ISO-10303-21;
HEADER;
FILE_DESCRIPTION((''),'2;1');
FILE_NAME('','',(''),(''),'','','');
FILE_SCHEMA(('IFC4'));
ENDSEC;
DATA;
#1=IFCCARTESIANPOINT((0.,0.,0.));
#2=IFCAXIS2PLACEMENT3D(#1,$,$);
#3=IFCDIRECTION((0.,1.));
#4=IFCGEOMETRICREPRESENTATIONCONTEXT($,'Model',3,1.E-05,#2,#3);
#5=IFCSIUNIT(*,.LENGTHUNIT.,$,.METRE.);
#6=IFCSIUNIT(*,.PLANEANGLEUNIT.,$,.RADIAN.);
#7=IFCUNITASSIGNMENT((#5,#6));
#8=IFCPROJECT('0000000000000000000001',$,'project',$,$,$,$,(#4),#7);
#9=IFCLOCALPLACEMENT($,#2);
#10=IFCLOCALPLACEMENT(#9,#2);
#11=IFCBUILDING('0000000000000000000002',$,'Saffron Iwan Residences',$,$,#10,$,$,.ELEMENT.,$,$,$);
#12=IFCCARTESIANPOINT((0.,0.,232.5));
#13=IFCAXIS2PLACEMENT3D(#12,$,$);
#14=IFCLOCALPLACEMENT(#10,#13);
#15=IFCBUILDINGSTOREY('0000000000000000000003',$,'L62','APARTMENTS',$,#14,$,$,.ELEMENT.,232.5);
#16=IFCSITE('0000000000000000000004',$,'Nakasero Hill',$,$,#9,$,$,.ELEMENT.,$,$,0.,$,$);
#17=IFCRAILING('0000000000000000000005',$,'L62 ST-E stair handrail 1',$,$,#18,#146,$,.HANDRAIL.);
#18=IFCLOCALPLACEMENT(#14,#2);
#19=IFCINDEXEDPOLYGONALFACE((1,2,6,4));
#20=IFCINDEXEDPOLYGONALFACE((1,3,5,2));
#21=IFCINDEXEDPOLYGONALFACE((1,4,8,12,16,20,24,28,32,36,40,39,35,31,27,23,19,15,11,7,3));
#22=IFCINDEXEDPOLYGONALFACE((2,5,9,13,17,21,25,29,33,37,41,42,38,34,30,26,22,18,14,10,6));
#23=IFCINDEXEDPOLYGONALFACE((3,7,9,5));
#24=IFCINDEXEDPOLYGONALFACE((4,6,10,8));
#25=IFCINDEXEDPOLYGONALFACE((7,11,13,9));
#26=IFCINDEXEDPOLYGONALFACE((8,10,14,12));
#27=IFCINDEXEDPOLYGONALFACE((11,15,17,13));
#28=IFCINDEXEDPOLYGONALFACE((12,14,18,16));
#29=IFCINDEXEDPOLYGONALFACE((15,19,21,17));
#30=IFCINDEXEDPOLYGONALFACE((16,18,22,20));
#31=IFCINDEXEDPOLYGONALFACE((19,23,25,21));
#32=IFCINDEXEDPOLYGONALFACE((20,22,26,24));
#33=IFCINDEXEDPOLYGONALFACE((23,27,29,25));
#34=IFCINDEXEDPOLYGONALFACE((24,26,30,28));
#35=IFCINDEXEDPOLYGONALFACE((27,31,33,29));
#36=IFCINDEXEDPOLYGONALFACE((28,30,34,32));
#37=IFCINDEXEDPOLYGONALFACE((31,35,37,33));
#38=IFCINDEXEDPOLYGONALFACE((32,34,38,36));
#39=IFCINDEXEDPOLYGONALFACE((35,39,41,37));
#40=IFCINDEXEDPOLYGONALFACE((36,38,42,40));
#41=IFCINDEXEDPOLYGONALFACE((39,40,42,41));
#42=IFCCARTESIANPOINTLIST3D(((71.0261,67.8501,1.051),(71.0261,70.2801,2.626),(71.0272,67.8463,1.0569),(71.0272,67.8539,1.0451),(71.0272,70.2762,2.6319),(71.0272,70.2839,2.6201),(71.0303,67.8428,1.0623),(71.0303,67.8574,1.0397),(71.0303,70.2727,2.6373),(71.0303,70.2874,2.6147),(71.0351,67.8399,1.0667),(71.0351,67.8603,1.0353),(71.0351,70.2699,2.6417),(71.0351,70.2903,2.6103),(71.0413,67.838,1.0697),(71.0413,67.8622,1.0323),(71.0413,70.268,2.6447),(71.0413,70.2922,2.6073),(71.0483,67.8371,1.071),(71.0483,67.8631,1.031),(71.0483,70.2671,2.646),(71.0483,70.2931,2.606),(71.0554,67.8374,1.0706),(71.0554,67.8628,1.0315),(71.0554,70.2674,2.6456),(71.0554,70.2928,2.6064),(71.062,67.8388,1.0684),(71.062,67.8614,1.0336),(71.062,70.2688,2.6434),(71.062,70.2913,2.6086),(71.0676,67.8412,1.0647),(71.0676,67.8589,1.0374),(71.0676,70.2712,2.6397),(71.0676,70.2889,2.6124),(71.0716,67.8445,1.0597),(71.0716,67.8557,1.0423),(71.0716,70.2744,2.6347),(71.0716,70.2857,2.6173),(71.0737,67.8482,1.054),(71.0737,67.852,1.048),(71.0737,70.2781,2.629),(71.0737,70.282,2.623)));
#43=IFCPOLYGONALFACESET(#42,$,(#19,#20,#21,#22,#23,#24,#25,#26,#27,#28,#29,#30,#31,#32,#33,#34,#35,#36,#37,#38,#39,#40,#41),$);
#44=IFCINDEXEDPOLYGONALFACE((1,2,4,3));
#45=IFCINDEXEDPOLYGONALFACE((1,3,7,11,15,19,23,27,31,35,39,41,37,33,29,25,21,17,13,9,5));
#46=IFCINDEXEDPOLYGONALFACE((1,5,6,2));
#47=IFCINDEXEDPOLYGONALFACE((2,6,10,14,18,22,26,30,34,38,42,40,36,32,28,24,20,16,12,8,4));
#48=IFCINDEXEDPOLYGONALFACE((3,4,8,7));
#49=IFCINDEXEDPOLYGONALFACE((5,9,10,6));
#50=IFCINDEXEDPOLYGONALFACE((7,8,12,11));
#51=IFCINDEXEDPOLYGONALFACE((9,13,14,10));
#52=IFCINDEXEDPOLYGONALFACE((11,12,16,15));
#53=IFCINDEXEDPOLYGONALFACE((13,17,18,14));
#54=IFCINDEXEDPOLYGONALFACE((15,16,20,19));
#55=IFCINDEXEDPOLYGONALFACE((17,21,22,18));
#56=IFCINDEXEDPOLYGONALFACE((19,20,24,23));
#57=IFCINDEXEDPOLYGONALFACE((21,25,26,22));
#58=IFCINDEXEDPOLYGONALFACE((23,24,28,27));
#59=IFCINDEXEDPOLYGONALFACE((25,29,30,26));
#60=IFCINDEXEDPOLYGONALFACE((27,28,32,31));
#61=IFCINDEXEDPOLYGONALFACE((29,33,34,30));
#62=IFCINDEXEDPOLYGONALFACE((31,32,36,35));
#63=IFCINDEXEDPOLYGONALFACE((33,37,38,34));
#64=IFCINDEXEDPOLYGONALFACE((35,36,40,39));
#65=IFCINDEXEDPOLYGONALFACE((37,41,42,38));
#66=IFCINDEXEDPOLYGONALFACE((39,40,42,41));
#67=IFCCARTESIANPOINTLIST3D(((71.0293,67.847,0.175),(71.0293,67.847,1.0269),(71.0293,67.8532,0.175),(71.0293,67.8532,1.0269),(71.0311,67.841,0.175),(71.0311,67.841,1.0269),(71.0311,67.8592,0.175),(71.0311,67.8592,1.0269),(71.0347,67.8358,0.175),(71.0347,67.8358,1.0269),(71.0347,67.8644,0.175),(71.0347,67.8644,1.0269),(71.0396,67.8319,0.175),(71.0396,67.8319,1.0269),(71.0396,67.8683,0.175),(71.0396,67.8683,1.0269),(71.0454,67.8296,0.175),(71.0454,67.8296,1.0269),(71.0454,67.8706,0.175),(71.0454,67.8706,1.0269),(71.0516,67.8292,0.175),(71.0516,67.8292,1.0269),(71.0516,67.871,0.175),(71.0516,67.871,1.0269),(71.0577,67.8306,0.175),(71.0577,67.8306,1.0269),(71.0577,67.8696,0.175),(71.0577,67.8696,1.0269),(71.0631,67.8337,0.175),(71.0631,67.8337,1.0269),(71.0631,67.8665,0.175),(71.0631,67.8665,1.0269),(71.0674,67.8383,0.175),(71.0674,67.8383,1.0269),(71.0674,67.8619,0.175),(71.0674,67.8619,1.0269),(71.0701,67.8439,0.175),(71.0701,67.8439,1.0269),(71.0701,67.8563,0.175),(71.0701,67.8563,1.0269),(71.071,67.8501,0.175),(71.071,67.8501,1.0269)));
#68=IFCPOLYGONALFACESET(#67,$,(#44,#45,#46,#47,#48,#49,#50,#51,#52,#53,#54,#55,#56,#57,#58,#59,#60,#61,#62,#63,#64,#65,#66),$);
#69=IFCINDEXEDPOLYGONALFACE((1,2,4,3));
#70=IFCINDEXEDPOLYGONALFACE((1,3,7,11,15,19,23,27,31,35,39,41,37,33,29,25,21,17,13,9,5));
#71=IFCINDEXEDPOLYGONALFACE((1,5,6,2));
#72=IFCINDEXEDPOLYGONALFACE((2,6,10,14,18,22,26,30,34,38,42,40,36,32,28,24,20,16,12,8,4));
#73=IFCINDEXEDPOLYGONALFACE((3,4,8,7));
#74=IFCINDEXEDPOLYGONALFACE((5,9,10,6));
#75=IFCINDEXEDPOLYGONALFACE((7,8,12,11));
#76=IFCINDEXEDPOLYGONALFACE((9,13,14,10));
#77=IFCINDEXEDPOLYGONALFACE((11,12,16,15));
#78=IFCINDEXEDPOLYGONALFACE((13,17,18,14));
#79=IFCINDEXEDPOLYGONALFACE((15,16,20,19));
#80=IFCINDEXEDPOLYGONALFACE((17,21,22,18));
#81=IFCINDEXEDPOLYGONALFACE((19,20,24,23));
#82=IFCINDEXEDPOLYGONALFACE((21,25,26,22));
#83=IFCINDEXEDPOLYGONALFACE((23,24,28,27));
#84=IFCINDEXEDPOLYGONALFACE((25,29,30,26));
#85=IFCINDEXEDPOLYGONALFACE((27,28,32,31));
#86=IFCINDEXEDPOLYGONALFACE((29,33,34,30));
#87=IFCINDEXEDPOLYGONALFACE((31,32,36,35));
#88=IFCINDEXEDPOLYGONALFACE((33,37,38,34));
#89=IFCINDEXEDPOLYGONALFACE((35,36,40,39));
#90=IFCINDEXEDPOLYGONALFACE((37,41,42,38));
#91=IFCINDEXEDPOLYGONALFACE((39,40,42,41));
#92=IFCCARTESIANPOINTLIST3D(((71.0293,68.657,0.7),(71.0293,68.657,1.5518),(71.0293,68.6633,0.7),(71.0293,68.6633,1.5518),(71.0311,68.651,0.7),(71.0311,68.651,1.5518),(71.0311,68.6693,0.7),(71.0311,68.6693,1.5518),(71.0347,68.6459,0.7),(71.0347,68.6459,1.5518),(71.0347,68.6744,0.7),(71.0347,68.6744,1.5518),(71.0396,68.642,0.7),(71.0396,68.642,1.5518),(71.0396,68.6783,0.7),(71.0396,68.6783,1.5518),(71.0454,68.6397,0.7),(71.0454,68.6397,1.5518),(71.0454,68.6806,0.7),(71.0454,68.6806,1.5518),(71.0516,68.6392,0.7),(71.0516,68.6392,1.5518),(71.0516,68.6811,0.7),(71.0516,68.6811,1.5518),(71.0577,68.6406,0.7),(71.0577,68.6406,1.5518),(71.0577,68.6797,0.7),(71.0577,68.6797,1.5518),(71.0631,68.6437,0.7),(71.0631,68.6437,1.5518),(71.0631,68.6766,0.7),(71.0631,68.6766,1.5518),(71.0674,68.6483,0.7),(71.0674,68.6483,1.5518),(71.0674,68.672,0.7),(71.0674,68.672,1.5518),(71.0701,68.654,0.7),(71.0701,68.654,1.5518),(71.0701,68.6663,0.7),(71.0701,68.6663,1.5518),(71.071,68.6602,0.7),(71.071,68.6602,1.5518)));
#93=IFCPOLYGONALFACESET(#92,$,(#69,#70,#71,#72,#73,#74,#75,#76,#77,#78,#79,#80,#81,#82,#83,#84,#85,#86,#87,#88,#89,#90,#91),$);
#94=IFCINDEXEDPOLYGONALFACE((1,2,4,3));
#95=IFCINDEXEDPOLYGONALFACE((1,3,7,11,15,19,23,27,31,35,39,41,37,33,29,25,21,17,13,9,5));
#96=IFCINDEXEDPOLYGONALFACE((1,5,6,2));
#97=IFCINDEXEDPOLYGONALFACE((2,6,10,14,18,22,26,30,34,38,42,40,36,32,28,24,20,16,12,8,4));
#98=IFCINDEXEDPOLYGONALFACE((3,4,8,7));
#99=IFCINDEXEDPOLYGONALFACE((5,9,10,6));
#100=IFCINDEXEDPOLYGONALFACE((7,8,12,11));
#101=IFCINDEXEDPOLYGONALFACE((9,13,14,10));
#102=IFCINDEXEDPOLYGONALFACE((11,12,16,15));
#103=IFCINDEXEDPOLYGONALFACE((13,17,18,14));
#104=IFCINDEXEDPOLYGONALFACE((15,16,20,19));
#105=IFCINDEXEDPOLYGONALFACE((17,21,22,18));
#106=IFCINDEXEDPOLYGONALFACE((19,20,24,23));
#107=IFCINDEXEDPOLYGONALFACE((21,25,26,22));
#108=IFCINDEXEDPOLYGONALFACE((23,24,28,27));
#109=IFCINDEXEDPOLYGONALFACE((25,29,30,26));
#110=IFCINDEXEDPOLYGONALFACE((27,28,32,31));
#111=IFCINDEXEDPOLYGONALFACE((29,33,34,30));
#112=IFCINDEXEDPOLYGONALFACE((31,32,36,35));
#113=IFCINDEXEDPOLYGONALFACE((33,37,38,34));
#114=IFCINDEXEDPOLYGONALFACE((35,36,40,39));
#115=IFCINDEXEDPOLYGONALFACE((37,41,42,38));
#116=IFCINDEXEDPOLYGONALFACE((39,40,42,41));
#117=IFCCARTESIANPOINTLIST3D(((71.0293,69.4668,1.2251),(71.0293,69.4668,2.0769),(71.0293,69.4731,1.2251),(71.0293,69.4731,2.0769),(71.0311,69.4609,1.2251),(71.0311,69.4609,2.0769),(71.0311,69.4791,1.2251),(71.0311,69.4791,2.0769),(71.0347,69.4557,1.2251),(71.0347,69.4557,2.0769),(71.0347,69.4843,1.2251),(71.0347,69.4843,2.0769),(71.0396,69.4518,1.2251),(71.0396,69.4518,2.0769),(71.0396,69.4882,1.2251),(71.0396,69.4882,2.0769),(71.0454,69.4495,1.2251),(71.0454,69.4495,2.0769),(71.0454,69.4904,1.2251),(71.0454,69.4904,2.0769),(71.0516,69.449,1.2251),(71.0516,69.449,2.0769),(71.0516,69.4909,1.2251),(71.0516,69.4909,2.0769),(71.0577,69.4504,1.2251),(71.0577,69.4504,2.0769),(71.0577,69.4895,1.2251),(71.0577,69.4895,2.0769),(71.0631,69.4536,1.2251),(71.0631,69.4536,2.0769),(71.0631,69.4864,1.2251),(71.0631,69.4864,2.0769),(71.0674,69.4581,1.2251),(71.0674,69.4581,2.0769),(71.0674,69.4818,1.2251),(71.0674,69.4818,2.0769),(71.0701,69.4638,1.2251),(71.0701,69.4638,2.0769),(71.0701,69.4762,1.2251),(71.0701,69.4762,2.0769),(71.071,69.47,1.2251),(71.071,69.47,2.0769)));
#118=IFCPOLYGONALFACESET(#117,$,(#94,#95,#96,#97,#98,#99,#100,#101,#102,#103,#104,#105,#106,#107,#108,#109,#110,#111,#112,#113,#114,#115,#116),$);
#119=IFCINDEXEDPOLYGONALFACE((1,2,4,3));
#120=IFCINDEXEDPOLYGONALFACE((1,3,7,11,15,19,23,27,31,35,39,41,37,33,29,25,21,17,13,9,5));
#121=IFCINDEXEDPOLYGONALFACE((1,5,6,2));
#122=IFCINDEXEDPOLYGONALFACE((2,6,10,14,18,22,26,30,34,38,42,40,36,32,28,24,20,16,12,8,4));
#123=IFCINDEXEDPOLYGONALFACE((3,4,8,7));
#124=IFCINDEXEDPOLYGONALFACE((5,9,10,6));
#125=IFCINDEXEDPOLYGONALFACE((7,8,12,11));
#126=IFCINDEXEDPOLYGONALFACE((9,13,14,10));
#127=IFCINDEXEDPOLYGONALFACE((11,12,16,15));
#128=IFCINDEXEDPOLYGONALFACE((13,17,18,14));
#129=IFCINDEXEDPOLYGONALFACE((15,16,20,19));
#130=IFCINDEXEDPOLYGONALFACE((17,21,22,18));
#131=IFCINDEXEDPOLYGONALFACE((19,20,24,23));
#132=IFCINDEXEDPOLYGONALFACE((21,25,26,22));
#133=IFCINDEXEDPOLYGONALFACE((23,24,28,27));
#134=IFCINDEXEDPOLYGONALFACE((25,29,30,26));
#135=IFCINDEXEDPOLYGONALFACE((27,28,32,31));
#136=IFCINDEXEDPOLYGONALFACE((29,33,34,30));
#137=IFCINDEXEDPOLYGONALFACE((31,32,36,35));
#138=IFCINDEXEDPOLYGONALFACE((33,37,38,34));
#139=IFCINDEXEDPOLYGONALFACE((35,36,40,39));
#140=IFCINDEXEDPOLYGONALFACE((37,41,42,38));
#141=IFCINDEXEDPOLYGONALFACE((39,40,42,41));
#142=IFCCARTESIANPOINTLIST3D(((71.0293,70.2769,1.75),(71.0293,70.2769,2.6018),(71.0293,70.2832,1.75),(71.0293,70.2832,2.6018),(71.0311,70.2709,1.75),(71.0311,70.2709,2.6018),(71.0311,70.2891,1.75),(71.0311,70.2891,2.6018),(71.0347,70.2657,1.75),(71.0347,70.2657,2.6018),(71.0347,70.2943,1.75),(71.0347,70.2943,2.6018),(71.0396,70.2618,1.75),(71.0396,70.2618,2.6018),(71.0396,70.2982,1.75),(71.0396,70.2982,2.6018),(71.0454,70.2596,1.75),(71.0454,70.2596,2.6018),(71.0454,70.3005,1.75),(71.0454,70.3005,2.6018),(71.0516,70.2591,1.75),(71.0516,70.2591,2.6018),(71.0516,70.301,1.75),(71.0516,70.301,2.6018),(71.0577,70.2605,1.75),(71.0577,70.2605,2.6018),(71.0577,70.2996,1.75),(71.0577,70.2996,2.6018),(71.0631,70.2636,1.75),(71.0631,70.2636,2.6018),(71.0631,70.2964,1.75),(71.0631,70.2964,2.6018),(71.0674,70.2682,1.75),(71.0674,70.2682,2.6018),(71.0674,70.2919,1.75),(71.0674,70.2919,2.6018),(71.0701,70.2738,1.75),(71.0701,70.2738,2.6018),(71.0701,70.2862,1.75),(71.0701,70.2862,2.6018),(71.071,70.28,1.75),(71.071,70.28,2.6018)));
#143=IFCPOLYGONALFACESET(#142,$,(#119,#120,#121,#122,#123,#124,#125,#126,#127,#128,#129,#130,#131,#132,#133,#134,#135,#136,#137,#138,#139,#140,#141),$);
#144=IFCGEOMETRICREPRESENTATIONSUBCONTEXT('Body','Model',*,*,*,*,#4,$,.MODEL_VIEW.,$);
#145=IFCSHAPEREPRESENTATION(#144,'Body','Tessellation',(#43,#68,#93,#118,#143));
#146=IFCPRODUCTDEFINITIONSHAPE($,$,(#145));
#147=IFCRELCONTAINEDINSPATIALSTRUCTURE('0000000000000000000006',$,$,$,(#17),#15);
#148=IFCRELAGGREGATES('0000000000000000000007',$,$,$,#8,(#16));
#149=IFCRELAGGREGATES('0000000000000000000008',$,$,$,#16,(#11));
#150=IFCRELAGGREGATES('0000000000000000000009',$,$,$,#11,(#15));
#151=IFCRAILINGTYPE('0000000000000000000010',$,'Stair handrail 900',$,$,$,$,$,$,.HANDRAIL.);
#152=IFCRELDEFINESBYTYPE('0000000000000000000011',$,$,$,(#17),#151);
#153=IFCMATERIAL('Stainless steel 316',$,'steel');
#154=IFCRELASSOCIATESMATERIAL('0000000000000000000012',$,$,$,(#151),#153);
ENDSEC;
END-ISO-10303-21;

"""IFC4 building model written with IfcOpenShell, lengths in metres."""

from ifc_helpers import new_model, si_unit, direction, frame, origin, origin_2d, place, context, subcontext, project, spatial, circle, extrude, material, type_object, element, save


model = new_model("IFC4")

# Units and contexts
model_context = context("Model", 3, precision=1e-05, world=origin(), true_north=direction((0.0, 1.0)))
body_context = subcontext(model_context, "Body", "Model", "MODEL_VIEW")
ifc_project = project(units=[si_unit("LENGTHUNIT", "METRE"), si_unit("PLANEANGLEUNIT", "RADIAN")], contexts=[model_context])

# Site, building, storey
site_placement = place(None, origin())
site = spatial("IfcSite", under=ifc_project, at=site_placement, Name="Nakasero Hill", CompositionType="ELEMENT", RefElevation=0.0)
building_placement = place(site_placement, origin())
building = spatial("IfcBuilding", under=site, at=building_placement, Name="Saffron Iwan Residences", CompositionType="ELEMENT")
storey_placement = place(building_placement, frame((0.0, 0.0, 232.5)))
storey = spatial("IfcBuildingStorey", under=building, at=storey_placement, Name="L62", Description="APARTMENTS", CompositionType="ELEMENT", Elevation=232.5)

# Railing
ifc_material_1 = material(Name="Stainless steel 316", Category="steel")
railing_type_1 = type_object("IfcRailingType", Name="Stair handrail 900", PredefinedType="HANDRAIL", material=ifc_material_1)
railing_1_placement = place(storey_placement, frame((71.05, 67.8501, 0.175)))
element("IfcRailing", 1, at=railing_1_placement, inside=storey, type_object=railing_type_1, Name="L62 ST-E stair handrail 1", PredefinedType="HANDRAIL", context=body_context, shape_type="SweptSolid", body=[
    extrude(circle(Radius=0.0239, at=origin_2d()), frame((0.0, 0.0, 0.876), z_axis=(0.0, 0.839154, 0.543894), x_axis=(-1.0, 0.0, 0.0)), (0.0, 0.0, 1.0), 2.8958),
    extrude(circle(Radius=0.021, at=origin_2d()), origin(), (0.0, 0.0, 1.0), 0.8518),
    extrude(circle(Radius=0.021, at=origin_2d()), frame((0.0, 0.8101, 0.5249)), (0.0, 0.0, 1.0), 0.8518),
    extrude(circle(Radius=0.021, at=origin_2d()), frame((0.0, 1.6199, 1.05)), (0.0, 0.0, 1.0), 0.8518),
    extrude(circle(Radius=0.021, at=origin_2d()), frame((0.0, 2.4299, 1.575)), (0.0, 0.0, 1.0), 0.8518),
])

save(model, "model.ifc")
